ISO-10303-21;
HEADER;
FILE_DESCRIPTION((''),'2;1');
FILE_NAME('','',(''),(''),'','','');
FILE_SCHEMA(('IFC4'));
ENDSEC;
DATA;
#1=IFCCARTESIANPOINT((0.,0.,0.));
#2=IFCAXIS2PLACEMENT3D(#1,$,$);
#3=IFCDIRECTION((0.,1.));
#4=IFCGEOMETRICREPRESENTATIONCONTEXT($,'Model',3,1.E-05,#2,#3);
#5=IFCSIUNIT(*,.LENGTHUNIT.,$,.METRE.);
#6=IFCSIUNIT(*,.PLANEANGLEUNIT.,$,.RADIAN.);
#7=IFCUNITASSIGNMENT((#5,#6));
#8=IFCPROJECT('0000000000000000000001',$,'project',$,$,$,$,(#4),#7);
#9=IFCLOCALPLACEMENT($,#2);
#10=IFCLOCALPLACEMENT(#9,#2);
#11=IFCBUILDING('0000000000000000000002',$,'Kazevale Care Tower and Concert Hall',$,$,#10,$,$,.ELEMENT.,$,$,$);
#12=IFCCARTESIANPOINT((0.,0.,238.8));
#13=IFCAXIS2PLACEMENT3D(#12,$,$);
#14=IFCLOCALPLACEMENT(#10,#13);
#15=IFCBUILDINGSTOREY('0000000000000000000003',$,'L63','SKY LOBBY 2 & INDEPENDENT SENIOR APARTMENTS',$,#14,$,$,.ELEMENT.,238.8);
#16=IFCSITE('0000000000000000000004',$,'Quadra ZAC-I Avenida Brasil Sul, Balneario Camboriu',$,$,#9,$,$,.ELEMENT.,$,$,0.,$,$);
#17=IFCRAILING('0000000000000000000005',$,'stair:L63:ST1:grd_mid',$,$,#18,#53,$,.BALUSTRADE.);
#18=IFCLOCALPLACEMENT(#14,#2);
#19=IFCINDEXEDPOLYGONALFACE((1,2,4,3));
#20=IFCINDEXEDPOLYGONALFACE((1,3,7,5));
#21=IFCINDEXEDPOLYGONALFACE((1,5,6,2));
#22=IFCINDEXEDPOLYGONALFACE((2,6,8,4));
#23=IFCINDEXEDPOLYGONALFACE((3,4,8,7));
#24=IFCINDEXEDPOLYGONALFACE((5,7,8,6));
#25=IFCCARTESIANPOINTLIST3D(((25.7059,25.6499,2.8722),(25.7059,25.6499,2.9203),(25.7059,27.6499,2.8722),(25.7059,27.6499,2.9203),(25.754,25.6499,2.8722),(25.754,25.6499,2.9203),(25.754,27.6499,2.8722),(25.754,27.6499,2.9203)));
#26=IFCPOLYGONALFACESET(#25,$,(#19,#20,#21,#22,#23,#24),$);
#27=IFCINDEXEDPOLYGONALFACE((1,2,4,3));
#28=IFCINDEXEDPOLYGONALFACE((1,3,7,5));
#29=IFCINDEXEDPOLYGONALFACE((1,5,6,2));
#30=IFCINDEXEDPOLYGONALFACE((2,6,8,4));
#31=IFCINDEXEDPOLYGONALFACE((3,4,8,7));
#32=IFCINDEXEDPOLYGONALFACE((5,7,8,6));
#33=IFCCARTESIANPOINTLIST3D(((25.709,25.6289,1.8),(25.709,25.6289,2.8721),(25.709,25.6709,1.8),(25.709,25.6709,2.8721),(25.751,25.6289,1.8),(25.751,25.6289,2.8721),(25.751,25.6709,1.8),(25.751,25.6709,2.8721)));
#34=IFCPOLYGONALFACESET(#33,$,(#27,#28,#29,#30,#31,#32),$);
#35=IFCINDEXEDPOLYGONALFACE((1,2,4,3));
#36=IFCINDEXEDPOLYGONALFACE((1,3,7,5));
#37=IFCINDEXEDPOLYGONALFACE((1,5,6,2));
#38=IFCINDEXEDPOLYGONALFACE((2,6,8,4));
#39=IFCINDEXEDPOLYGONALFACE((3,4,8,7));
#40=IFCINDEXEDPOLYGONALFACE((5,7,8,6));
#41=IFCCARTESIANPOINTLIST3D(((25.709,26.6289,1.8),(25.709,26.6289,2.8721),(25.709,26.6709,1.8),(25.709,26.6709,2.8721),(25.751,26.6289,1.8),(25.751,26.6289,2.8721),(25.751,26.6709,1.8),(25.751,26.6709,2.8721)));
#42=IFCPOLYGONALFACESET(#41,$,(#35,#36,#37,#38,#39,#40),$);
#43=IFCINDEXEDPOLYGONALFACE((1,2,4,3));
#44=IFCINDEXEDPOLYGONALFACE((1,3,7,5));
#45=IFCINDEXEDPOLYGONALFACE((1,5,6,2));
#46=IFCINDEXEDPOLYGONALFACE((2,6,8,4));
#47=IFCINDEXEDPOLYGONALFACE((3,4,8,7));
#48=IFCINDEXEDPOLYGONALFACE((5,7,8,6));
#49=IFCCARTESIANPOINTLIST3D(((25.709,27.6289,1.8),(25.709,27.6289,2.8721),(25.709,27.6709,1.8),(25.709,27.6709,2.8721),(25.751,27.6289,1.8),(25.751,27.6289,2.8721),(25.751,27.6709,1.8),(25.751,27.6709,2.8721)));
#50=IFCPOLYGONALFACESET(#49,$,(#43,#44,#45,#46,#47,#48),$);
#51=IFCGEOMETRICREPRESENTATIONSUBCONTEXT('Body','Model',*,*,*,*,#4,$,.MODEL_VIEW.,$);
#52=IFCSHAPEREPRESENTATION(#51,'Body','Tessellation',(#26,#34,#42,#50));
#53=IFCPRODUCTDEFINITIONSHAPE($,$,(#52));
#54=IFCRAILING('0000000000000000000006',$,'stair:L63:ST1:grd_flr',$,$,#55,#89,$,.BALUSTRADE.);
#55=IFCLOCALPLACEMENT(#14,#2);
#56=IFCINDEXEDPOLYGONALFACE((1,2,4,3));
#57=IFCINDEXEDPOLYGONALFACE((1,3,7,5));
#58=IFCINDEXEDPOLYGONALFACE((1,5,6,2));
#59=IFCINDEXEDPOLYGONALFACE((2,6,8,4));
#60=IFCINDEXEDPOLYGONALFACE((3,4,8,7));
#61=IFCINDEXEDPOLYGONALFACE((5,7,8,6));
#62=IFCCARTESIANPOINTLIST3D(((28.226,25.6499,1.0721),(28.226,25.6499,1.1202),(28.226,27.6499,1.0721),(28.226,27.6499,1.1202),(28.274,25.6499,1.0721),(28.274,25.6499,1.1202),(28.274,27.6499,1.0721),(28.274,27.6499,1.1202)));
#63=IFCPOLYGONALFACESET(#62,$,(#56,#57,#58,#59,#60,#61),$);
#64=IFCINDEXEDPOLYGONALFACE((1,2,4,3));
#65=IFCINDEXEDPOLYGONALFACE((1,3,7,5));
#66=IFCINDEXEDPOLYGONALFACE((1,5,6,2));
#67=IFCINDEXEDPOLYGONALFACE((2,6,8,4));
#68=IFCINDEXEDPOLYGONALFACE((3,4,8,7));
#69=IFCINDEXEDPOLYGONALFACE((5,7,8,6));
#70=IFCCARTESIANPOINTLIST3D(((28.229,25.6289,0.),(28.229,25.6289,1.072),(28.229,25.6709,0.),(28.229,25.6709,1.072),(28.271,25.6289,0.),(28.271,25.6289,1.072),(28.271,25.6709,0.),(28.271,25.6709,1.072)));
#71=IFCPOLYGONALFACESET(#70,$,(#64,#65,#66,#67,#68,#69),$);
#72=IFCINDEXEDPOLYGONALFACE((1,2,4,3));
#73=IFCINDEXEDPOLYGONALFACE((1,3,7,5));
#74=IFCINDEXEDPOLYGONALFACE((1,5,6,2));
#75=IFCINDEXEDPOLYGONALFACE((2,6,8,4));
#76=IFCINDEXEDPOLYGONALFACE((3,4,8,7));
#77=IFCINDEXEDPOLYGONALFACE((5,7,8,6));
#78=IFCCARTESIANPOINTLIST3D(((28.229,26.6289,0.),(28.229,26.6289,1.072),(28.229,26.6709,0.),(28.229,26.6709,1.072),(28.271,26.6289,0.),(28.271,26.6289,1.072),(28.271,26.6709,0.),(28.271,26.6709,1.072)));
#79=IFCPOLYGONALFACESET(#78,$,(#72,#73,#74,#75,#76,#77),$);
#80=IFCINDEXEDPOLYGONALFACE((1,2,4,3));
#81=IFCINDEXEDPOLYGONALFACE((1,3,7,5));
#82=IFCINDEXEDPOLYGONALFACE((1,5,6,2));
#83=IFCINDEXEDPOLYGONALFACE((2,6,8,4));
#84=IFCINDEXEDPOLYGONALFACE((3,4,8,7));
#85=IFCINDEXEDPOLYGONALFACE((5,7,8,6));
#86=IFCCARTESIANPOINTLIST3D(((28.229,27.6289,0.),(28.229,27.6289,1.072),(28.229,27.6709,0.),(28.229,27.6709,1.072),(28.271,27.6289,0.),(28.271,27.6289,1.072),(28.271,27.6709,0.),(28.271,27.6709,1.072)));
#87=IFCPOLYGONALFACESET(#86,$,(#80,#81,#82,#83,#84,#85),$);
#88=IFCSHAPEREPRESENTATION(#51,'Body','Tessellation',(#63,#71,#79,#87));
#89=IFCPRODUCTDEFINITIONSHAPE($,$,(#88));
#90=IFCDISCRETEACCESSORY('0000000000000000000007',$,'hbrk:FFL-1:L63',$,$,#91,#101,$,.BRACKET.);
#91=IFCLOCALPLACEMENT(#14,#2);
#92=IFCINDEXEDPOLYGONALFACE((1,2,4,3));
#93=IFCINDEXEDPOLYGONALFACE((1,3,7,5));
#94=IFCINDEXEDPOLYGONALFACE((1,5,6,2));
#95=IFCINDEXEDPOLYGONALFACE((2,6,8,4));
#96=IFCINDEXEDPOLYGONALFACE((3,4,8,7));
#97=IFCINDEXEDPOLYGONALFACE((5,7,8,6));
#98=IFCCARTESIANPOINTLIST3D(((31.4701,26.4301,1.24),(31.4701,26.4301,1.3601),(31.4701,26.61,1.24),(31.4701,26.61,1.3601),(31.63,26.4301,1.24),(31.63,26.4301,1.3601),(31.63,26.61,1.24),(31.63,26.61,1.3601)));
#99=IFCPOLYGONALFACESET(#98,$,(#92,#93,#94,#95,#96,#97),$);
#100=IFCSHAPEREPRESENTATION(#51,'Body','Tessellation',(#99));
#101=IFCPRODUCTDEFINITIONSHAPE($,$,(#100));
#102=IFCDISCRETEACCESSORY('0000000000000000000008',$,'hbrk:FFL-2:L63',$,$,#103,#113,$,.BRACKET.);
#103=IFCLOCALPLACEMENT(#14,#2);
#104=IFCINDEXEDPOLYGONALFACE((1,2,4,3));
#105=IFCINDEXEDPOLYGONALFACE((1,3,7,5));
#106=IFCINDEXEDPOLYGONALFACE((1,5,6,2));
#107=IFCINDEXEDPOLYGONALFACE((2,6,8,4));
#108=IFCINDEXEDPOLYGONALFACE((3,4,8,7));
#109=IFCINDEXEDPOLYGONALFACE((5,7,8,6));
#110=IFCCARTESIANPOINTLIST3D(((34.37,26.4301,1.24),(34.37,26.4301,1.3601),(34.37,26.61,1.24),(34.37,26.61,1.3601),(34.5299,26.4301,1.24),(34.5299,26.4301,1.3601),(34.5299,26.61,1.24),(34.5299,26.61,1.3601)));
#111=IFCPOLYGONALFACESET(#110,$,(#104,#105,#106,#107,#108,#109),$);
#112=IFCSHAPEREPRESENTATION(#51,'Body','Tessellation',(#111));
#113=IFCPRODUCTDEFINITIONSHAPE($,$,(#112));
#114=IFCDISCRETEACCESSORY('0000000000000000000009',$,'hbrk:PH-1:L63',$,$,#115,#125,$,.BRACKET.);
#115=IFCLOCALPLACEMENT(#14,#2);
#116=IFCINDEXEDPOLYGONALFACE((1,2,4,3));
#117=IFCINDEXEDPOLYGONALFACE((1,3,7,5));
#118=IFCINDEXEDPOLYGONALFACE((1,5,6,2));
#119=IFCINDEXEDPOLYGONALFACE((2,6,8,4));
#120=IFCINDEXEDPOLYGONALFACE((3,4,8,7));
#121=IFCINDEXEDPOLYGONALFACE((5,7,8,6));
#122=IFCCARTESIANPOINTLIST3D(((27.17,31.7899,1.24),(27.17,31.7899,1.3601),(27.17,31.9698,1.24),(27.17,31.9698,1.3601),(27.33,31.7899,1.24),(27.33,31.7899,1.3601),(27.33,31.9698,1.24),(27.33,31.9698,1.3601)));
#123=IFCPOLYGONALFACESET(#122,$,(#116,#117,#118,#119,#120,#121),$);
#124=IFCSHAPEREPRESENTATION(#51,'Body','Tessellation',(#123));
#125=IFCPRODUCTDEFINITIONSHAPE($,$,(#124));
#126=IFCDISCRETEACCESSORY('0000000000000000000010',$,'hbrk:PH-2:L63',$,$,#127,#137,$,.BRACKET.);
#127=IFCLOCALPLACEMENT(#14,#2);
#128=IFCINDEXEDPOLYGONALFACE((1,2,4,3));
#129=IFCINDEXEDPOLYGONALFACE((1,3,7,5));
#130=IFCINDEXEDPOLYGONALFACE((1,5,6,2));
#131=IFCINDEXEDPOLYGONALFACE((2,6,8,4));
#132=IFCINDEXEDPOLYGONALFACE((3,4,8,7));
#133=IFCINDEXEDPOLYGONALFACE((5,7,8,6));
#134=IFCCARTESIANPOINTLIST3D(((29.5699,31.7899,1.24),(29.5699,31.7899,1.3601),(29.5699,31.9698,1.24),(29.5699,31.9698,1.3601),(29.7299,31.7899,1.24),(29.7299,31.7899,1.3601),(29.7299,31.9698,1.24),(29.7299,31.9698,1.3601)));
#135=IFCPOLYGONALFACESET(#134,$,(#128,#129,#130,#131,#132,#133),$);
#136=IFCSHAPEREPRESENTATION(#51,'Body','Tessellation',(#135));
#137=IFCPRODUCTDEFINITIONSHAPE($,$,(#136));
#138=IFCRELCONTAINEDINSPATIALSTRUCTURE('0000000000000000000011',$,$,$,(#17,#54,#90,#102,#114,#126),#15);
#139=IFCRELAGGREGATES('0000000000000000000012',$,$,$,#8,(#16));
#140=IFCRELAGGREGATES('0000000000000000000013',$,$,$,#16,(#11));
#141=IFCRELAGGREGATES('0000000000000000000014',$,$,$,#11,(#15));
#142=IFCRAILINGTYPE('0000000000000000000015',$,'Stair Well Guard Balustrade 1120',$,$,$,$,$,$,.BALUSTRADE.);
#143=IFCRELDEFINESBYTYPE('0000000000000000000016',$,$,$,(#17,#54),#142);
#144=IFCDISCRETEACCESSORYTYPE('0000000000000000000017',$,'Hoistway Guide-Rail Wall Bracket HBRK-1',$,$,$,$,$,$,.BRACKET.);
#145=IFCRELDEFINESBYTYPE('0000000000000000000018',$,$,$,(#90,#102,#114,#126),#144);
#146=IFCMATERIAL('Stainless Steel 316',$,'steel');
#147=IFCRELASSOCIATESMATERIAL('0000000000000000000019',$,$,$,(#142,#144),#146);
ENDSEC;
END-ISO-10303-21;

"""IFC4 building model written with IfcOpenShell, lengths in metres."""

from ifc_helpers import new_model, si_unit, direction, frame, origin, origin_2d, place, context, subcontext, project, spatial, rectangle, extrude, material, type_object, element, save


model = new_model("IFC4")

# Units and contexts
model_context = context("Model", 3, precision=1e-05, world=origin(), true_north=direction((0.0, 1.0)))
body_context = subcontext(model_context, "Body", "Model", "MODEL_VIEW")
ifc_project = project(units=[si_unit("LENGTHUNIT", "METRE"), si_unit("PLANEANGLEUNIT", "RADIAN")], contexts=[model_context])

# Site, building, storey
site_placement = place(None, origin())
site = spatial("IfcSite", under=ifc_project, at=site_placement, Name="Quadra ZAC-I Avenida Brasil Sul, Balneario Camboriu", CompositionType="ELEMENT", RefElevation=0.0)
building_placement = place(site_placement, origin())
building = spatial("IfcBuilding", under=site, at=building_placement, Name="Kazevale Care Tower and Concert Hall", CompositionType="ELEMENT")
storey_placement = place(building_placement, frame((0.0, 0.0, 238.8)))
storey = spatial("IfcBuildingStorey", under=building, at=storey_placement, Name="L63", Description="SKY LOBBY 2 & INDEPENDENT SENIOR APARTMENTS", CompositionType="ELEMENT", Elevation=238.8)

# Shared definitions
ifc_material_1 = material(Name="Stainless Steel 316", Category="steel")

# Railings
railing_type_1 = type_object("IfcRailingType", Name="Stair Well Guard Balustrade 1120", PredefinedType="BALUSTRADE", material=ifc_material_1)
for number, where, name in (
    (1, (25.73, 25.6499, 1.8), "stair:L63:ST1:grd_mid"),
    (2, (28.25, 25.6499, 0.0), "stair:L63:ST1:grd_flr"),
):
    element("IfcRailing", number, at=place(storey_placement, frame(where)), inside=storey, type_object=railing_type_1, Name=name, PredefinedType="BALUSTRADE", context=body_context, shape_type="SweptSolid", body=[
        extrude(rectangle(XDim=0.0481, YDim=0.0481, at=origin_2d()), frame((0.0, 0.0, 1.0962), z_axis=(0.0, 1.0, 0.0), x_axis=(-1.0, 0.0, 0.0)), (0.0, 0.0, 1.0), 2.0),
        extrude(rectangle(XDim=0.042, YDim=0.042, at=origin_2d()), origin(), (0.0, 0.0, 1.0), 1.072),
        extrude(rectangle(XDim=0.042, YDim=0.042, at=origin_2d()), frame((0.0, 1.0, 0.0)), (0.0, 0.0, 1.0), 1.072),
        extrude(rectangle(XDim=0.042, YDim=0.042, at=origin_2d()), frame((0.0, 2.0, 0.0)), (0.0, 0.0, 1.0), 1.072),
    ])

# Discrete accessories
discrete_accessory_type = type_object("IfcDiscreteAccessoryType", Name="Hoistway Guide-Rail Wall Bracket HBRK-1", PredefinedType="BRACKET", material=ifc_material_1)
for number, where, z_axis, x_axis, name in (
    (3, (31.55, 26.52, 1.24), (0.0, 0.0, 1.0), (1.0, 0.0, 0.0), "hbrk:FFL-1:L63"),
    (4, (34.45, 26.52, 1.24), (0.0, 0.0, 1.0), (1.0, 0.0, 0.0), "hbrk:FFL-2:L63"),
    (5, (27.25, 31.8799, 1.24), (0.0, 0.0, 1.0), (1.0, 0.0, 0.0), "hbrk:PH-1:L63"),
    (6, (29.6499, 31.8799, 1.24), (0.0, 0.0, 1.0), (1.0, 0.0, 0.0), "hbrk:PH-2:L63"),
):
    element("IfcDiscreteAccessory", number, at=place(storey_placement, frame(where, z_axis=z_axis, x_axis=x_axis)), inside=storey, type_object=discrete_accessory_type, Name=name, PredefinedType="BRACKET", context=body_context, shape_type="SweptSolid", body=[
        extrude(rectangle(XDim=0.1599, YDim=0.1799, at=origin_2d()), origin(), (0.0, 0.0, 1.0), 0.1201),
    ])

save(model, "model.ifc")
